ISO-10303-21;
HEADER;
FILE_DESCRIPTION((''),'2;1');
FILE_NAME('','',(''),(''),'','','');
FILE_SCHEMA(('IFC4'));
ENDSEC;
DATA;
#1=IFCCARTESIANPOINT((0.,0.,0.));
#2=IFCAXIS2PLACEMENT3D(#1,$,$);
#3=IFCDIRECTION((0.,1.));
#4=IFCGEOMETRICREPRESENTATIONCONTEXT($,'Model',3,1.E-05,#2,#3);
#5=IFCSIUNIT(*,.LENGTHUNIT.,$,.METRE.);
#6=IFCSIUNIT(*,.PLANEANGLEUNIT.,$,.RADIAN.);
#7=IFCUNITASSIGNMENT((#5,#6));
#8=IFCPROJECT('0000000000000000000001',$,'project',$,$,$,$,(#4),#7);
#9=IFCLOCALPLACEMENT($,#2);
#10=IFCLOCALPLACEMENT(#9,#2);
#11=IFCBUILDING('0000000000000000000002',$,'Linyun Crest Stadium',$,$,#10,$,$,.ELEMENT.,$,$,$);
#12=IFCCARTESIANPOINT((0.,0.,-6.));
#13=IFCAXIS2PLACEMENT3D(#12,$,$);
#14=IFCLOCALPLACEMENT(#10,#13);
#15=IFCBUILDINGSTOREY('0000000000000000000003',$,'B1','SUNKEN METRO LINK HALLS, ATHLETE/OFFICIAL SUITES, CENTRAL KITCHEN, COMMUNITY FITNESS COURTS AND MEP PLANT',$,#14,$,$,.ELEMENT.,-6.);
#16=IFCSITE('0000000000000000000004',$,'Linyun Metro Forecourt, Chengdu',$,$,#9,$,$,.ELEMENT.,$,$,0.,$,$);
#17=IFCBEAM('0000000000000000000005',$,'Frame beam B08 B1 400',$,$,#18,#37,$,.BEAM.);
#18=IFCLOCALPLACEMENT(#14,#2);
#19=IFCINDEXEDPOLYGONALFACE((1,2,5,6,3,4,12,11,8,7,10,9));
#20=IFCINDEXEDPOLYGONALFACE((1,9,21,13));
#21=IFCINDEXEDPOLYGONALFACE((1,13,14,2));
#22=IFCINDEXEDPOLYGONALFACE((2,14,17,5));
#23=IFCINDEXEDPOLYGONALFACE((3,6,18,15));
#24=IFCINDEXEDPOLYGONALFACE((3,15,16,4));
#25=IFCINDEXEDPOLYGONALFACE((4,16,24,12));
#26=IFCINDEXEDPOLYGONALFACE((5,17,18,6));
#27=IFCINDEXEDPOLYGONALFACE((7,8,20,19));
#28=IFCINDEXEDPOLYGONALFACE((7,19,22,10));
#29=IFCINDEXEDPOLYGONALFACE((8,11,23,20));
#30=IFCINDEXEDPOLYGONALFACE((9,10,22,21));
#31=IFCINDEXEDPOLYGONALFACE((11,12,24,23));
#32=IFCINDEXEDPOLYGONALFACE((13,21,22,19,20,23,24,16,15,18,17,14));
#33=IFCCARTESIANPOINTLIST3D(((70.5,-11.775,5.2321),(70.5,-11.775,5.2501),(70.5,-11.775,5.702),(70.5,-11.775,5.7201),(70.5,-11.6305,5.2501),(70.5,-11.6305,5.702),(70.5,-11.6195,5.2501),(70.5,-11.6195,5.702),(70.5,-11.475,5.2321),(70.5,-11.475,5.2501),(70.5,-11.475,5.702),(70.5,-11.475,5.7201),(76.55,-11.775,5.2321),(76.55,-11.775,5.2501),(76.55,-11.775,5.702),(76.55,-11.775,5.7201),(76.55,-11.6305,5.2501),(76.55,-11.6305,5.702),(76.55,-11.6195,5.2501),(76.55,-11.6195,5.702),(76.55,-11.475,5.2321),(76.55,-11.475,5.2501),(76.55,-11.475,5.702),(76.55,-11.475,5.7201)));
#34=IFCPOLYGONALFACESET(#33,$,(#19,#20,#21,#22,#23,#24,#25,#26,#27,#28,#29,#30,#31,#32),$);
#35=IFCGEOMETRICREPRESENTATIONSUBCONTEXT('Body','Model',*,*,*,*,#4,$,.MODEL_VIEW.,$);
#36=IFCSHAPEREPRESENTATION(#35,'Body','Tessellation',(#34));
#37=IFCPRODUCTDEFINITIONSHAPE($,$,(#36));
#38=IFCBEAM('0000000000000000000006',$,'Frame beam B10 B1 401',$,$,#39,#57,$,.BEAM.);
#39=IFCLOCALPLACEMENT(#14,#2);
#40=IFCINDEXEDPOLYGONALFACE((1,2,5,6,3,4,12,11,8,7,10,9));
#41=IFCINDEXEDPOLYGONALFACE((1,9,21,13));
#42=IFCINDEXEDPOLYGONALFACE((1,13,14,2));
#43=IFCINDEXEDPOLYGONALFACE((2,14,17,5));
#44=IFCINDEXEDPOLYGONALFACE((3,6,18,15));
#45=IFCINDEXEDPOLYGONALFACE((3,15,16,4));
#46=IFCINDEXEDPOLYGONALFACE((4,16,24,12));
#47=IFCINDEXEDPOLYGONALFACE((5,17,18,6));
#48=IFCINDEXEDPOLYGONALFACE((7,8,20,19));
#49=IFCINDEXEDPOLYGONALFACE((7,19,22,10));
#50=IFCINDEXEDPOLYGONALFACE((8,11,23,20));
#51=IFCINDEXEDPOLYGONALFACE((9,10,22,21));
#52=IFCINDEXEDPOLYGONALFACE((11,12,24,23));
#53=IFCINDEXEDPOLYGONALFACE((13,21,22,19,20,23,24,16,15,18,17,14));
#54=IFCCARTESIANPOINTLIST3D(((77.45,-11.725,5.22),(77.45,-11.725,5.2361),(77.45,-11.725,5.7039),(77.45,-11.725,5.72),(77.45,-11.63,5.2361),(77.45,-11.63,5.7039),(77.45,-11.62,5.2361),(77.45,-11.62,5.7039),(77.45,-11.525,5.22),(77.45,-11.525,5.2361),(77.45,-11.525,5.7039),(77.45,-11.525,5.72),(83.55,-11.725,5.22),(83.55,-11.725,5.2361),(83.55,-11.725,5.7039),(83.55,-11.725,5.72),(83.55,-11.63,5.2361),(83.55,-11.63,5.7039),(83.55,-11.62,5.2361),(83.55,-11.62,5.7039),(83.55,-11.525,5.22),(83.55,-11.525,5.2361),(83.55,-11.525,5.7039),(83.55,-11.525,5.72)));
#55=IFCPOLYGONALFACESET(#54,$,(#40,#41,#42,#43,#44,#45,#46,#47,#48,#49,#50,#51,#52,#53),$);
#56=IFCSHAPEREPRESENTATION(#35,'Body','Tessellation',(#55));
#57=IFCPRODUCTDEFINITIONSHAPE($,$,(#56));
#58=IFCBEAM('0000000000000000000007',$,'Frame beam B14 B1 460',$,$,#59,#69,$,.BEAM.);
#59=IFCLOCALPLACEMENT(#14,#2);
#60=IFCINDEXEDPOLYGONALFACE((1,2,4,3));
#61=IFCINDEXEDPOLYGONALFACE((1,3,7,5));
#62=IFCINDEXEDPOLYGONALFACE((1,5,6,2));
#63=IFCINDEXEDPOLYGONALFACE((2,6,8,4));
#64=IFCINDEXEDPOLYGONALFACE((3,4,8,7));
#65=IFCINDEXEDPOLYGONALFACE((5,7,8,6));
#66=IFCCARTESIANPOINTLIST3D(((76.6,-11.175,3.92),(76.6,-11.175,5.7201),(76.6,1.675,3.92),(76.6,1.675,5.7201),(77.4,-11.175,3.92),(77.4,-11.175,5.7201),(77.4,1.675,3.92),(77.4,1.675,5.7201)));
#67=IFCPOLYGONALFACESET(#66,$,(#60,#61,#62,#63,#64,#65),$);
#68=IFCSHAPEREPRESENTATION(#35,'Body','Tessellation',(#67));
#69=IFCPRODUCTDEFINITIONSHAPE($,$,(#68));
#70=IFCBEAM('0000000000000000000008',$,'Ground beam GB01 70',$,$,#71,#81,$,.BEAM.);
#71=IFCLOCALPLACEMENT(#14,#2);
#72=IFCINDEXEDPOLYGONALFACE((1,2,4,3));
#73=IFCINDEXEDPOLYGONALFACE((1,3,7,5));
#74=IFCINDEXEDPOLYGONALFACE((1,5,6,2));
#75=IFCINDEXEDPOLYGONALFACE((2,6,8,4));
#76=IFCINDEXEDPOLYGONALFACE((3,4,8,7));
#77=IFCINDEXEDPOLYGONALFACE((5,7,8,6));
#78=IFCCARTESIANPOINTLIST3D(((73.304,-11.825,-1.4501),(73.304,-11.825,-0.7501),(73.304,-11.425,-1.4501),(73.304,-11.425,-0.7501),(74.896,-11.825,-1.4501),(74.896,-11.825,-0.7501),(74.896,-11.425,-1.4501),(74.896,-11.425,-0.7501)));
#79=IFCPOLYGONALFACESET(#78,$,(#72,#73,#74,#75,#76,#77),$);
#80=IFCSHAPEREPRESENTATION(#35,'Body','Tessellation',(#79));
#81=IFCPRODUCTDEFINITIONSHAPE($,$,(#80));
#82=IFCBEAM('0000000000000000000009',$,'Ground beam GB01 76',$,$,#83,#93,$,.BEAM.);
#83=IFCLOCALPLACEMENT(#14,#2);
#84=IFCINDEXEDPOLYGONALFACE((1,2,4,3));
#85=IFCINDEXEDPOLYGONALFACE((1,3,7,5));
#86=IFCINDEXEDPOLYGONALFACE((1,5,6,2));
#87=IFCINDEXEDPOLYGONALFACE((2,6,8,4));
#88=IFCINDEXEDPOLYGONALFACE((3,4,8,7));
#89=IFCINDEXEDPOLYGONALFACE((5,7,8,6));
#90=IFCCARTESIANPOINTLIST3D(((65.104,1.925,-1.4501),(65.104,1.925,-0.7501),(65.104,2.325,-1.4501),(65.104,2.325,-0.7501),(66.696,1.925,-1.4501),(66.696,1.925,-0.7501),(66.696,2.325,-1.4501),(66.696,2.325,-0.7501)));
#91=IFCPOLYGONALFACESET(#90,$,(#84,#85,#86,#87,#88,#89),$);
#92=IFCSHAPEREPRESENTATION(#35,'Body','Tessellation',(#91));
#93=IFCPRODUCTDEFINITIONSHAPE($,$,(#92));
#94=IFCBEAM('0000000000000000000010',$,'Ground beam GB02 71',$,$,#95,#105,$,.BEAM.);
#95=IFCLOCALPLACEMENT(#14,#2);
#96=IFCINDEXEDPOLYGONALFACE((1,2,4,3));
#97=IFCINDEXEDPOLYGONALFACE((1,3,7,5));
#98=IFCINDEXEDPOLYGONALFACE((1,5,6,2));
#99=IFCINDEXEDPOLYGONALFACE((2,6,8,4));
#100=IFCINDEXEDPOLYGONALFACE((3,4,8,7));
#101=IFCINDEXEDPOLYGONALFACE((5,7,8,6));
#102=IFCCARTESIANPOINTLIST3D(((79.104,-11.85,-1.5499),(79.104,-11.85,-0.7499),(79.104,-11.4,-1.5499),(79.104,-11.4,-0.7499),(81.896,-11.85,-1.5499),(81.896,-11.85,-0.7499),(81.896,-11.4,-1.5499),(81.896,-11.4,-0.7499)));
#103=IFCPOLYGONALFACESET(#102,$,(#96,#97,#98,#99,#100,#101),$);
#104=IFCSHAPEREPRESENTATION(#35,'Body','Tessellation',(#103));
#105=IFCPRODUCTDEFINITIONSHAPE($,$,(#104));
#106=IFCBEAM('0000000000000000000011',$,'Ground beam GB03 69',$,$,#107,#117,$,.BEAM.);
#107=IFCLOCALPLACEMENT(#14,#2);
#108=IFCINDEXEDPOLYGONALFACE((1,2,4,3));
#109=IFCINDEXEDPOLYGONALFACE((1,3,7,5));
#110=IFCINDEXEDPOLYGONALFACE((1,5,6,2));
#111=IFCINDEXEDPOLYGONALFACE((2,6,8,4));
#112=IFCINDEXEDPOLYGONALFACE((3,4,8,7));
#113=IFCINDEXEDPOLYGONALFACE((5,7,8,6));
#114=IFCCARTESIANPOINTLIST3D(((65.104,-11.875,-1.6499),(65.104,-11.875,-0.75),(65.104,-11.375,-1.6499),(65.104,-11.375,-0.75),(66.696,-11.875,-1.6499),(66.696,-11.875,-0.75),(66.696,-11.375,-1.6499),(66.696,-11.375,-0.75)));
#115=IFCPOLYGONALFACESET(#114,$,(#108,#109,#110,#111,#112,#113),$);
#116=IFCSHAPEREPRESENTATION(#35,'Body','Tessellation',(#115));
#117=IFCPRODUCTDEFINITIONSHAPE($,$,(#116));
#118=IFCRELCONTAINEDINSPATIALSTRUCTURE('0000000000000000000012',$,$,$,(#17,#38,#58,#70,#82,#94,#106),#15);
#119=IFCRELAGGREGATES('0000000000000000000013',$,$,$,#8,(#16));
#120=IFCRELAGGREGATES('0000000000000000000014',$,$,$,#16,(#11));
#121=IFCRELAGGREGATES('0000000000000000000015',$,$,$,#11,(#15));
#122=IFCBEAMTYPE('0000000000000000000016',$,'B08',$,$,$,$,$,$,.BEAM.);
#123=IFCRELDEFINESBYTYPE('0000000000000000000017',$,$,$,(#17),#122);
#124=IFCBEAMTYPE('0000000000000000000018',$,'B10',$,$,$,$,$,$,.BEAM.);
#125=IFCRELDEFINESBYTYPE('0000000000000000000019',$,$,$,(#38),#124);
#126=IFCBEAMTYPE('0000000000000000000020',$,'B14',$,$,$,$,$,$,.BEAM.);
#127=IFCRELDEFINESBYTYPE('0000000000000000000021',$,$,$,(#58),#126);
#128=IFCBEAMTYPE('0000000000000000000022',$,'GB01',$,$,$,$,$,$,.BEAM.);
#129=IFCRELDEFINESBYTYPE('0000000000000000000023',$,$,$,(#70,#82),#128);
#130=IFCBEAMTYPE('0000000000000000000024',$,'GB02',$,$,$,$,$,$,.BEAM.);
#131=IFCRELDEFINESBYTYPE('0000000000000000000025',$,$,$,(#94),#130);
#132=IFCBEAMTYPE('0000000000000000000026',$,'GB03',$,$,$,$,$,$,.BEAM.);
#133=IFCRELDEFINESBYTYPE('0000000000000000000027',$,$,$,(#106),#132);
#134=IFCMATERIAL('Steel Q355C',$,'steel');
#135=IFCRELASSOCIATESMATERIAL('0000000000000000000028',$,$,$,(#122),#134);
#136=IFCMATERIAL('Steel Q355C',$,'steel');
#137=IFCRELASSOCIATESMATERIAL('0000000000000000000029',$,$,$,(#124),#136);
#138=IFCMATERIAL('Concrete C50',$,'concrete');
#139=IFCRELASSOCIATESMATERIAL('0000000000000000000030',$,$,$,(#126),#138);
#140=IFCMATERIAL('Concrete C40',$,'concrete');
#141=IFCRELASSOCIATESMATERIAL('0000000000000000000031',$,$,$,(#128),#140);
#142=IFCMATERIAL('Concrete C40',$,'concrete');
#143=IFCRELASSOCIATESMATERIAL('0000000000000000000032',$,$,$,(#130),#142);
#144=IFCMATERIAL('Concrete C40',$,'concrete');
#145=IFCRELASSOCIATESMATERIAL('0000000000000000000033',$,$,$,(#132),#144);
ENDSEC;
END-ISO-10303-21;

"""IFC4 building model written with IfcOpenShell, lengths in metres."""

from ifc_helpers import new_model, si_unit, direction, frame, origin, origin_2d, place, context, subcontext, project, spatial, rectangle, i_section, extrude, material, material_profile, profile_set, type_object, element, save


model = new_model("IFC4")

# Units and contexts
model_context = context("Model", 3, precision=1e-05, world=origin(), true_north=direction((0.0, 1.0)))
body_context = subcontext(model_context, "Body", "Model", "MODEL_VIEW")
ifc_project = project(units=[si_unit("LENGTHUNIT", "METRE"), si_unit("PLANEANGLEUNIT", "RADIAN")], contexts=[model_context])

# Site, building, storey
site_placement = place(None, origin())
site = spatial("IfcSite", under=ifc_project, at=site_placement, Name="Linyun Metro Forecourt, Chengdu", CompositionType="ELEMENT", RefElevation=0.0)
building_placement = place(site_placement, origin())
building = spatial("IfcBuilding", under=site, at=building_placement, Name="Linyun Crest Stadium", CompositionType="ELEMENT")
storey_placement = place(building_placement, frame((0.0, 0.0, -6.0)))
storey = spatial("IfcBuildingStorey", under=building, at=storey_placement, Name="B1", Description="SUNKEN METRO LINK HALLS, ATHLETE/OFFICIAL SUITES, CENTRAL KITCHEN, COMMUNITY FITNESS COURTS AND MEP PLANT", CompositionType="ELEMENT", Elevation=-6.0)

# Beams
ifc_material_1 = material(Name="Steel Q355C", Category="steel")
ifc_material_profile_1 = material_profile(ifc_material_1, i_section(OverallWidth=0.3, OverallDepth=0.488, WebThickness=0.011, FlangeThickness=0.0181, at=origin_2d()), Name="HM 488x300")
ifc_profile_set_1 = profile_set([ifc_material_profile_1], Name="Steel Q355C")
beam_type_1 = type_object("IfcBeamType", Name="B08", PredefinedType="BEAM", material=ifc_profile_set_1)
beam_1_placement = place(storey_placement, frame((70.5, -11.625, 5.4761), z_axis=(1.0, 0.0, 0.0), x_axis=(0.0, 1.0, 0.0)))
element("IfcBeam", 1, at=beam_1_placement, inside=storey, type_object=beam_type_1, Name="Frame beam B08 B1 400", PredefinedType="BEAM", context=body_context, shape_type="SweptSolid", body=[
    extrude(i_section(OverallWidth=0.3, OverallDepth=0.488, WebThickness=0.011, FlangeThickness=0.0181, at=origin_2d()), origin(), (0.0, 0.0, 1.0), 6.05),
])
ifc_material_2 = material(Name="Steel Q355C", Category="steel")
ifc_material_profile_2 = material_profile(ifc_material_2, i_section(OverallWidth=0.2, OverallDepth=0.5, WebThickness=0.01, FlangeThickness=0.0161, at=origin_2d()), Name="HN 500x200")
ifc_profile_set_2 = profile_set([ifc_material_profile_2], Name="Steel Q355C")
beam_type_2 = type_object("IfcBeamType", Name="B10", PredefinedType="BEAM", material=ifc_profile_set_2)
beam_2_placement = place(storey_placement, frame((77.45, -11.625, 5.47), z_axis=(1.0, 0.0, 0.0), x_axis=(0.0, 1.0, 0.0)))
element("IfcBeam", 2, at=beam_2_placement, inside=storey, type_object=beam_type_2, Name="Frame beam B10 B1 401", PredefinedType="BEAM", context=body_context, shape_type="SweptSolid", body=[
    extrude(i_section(OverallWidth=0.2, OverallDepth=0.5, WebThickness=0.01, FlangeThickness=0.0161, at=origin_2d()), origin(), (0.0, 0.0, 1.0), 6.1001),
])
ifc_material_3 = material(Name="Concrete C50", Category="concrete")
ifc_material_profile_3 = material_profile(ifc_material_3, rectangle(XDim=0.8, YDim=1.8, at=origin_2d()), Name="RCB 1800x800")
ifc_profile_set_3 = profile_set([ifc_material_profile_3], Name="Concrete C50")
beam_type_3 = type_object("IfcBeamType", Name="B14", PredefinedType="BEAM", material=ifc_profile_set_3)
beam_3_placement = place(storey_placement, frame((77.0, -11.175, 4.8201), z_axis=(0.0, 1.0, 0.0), x_axis=(-1.0, 0.0, 0.0)))
element("IfcBeam", 3, at=beam_3_placement, inside=storey, type_object=beam_type_3, Name="Frame beam B14 B1 460", PredefinedType="BEAM", context=body_context, shape_type="SweptSolid", body=[
    extrude(rectangle(XDim=0.8, YDim=1.8, at=origin_2d()), origin(), (0.0, 0.0, 1.0), 12.8501),
])
ifc_material_4 = material(Name="Concrete C40", Category="concrete")
ifc_material_profile_4 = material_profile(ifc_material_4, rectangle(XDim=0.3999, YDim=0.7, at=origin_2d()), Name="RCB 700x400")
ifc_profile_set_4 = profile_set([ifc_material_profile_4], Name="Concrete C40")
beam_type_4 = type_object("IfcBeamType", Name="GB01", PredefinedType="BEAM", material=ifc_profile_set_4)
for number, where, z_axis, x_axis, name in (
    (4, (73.304, -11.625, -1.1001), (1.0, 0.0, 0.0), (0.0, 1.0, 0.0), "Ground beam GB01 70"),
    (5, (65.104, 2.125, -1.1001), (1.0, 0.0, 0.0), (0.0, 1.0, 0.0), "Ground beam GB01 76"),
):
    element("IfcBeam", number, at=place(storey_placement, frame(where, z_axis=z_axis, x_axis=x_axis)), inside=storey, type_object=beam_type_4, Name=name, PredefinedType="BEAM", context=body_context, shape_type="SweptSolid", body=[
        extrude(rectangle(XDim=0.3999, YDim=0.7, at=origin_2d()), origin(), (0.0, 0.0, 1.0), 1.592),
    ])
ifc_material_5 = material(Name="Concrete C40", Category="concrete")
ifc_material_profile_5 = material_profile(ifc_material_5, rectangle(XDim=0.45, YDim=0.8, at=origin_2d()), Name="RCB 800x450")
ifc_profile_set_5 = profile_set([ifc_material_profile_5], Name="Concrete C40")
beam_type_5 = type_object("IfcBeamType", Name="GB02", PredefinedType="BEAM", material=ifc_profile_set_5)
beam_4_placement = place(storey_placement, frame((79.104, -11.625, -1.1499), z_axis=(1.0, 0.0, 0.0), x_axis=(0.0, 1.0, 0.0)))
element("IfcBeam", 6, at=beam_4_placement, inside=storey, type_object=beam_type_5, Name="Ground beam GB02 71", PredefinedType="BEAM", context=body_context, shape_type="SweptSolid", body=[
    extrude(rectangle(XDim=0.45, YDim=0.8, at=origin_2d()), origin(), (0.0, 0.0, 1.0), 2.792),
])
ifc_material_6 = material(Name="Concrete C40", Category="concrete")
ifc_material_profile_6 = material_profile(ifc_material_6, rectangle(XDim=0.5, YDim=0.8999, at=origin_2d()), Name="RCB 900x500")
ifc_profile_set_6 = profile_set([ifc_material_profile_6], Name="Concrete C40")
beam_type_6 = type_object("IfcBeamType", Name="GB03", PredefinedType="BEAM", material=ifc_profile_set_6)
beam_5_placement = place(storey_placement, frame((65.104, -11.625, -1.2), z_axis=(1.0, 0.0, 0.0), x_axis=(0.0, 1.0, 0.0)))
element("IfcBeam", 7, at=beam_5_placement, inside=storey, type_object=beam_type_6, Name="Ground beam GB03 69", PredefinedType="BEAM", context=body_context, shape_type="SweptSolid", body=[
    extrude(rectangle(XDim=0.5, YDim=0.8999, at=origin_2d()), origin(), (0.0, 0.0, 1.0), 1.592),
])

save(model, "model.ifc")
